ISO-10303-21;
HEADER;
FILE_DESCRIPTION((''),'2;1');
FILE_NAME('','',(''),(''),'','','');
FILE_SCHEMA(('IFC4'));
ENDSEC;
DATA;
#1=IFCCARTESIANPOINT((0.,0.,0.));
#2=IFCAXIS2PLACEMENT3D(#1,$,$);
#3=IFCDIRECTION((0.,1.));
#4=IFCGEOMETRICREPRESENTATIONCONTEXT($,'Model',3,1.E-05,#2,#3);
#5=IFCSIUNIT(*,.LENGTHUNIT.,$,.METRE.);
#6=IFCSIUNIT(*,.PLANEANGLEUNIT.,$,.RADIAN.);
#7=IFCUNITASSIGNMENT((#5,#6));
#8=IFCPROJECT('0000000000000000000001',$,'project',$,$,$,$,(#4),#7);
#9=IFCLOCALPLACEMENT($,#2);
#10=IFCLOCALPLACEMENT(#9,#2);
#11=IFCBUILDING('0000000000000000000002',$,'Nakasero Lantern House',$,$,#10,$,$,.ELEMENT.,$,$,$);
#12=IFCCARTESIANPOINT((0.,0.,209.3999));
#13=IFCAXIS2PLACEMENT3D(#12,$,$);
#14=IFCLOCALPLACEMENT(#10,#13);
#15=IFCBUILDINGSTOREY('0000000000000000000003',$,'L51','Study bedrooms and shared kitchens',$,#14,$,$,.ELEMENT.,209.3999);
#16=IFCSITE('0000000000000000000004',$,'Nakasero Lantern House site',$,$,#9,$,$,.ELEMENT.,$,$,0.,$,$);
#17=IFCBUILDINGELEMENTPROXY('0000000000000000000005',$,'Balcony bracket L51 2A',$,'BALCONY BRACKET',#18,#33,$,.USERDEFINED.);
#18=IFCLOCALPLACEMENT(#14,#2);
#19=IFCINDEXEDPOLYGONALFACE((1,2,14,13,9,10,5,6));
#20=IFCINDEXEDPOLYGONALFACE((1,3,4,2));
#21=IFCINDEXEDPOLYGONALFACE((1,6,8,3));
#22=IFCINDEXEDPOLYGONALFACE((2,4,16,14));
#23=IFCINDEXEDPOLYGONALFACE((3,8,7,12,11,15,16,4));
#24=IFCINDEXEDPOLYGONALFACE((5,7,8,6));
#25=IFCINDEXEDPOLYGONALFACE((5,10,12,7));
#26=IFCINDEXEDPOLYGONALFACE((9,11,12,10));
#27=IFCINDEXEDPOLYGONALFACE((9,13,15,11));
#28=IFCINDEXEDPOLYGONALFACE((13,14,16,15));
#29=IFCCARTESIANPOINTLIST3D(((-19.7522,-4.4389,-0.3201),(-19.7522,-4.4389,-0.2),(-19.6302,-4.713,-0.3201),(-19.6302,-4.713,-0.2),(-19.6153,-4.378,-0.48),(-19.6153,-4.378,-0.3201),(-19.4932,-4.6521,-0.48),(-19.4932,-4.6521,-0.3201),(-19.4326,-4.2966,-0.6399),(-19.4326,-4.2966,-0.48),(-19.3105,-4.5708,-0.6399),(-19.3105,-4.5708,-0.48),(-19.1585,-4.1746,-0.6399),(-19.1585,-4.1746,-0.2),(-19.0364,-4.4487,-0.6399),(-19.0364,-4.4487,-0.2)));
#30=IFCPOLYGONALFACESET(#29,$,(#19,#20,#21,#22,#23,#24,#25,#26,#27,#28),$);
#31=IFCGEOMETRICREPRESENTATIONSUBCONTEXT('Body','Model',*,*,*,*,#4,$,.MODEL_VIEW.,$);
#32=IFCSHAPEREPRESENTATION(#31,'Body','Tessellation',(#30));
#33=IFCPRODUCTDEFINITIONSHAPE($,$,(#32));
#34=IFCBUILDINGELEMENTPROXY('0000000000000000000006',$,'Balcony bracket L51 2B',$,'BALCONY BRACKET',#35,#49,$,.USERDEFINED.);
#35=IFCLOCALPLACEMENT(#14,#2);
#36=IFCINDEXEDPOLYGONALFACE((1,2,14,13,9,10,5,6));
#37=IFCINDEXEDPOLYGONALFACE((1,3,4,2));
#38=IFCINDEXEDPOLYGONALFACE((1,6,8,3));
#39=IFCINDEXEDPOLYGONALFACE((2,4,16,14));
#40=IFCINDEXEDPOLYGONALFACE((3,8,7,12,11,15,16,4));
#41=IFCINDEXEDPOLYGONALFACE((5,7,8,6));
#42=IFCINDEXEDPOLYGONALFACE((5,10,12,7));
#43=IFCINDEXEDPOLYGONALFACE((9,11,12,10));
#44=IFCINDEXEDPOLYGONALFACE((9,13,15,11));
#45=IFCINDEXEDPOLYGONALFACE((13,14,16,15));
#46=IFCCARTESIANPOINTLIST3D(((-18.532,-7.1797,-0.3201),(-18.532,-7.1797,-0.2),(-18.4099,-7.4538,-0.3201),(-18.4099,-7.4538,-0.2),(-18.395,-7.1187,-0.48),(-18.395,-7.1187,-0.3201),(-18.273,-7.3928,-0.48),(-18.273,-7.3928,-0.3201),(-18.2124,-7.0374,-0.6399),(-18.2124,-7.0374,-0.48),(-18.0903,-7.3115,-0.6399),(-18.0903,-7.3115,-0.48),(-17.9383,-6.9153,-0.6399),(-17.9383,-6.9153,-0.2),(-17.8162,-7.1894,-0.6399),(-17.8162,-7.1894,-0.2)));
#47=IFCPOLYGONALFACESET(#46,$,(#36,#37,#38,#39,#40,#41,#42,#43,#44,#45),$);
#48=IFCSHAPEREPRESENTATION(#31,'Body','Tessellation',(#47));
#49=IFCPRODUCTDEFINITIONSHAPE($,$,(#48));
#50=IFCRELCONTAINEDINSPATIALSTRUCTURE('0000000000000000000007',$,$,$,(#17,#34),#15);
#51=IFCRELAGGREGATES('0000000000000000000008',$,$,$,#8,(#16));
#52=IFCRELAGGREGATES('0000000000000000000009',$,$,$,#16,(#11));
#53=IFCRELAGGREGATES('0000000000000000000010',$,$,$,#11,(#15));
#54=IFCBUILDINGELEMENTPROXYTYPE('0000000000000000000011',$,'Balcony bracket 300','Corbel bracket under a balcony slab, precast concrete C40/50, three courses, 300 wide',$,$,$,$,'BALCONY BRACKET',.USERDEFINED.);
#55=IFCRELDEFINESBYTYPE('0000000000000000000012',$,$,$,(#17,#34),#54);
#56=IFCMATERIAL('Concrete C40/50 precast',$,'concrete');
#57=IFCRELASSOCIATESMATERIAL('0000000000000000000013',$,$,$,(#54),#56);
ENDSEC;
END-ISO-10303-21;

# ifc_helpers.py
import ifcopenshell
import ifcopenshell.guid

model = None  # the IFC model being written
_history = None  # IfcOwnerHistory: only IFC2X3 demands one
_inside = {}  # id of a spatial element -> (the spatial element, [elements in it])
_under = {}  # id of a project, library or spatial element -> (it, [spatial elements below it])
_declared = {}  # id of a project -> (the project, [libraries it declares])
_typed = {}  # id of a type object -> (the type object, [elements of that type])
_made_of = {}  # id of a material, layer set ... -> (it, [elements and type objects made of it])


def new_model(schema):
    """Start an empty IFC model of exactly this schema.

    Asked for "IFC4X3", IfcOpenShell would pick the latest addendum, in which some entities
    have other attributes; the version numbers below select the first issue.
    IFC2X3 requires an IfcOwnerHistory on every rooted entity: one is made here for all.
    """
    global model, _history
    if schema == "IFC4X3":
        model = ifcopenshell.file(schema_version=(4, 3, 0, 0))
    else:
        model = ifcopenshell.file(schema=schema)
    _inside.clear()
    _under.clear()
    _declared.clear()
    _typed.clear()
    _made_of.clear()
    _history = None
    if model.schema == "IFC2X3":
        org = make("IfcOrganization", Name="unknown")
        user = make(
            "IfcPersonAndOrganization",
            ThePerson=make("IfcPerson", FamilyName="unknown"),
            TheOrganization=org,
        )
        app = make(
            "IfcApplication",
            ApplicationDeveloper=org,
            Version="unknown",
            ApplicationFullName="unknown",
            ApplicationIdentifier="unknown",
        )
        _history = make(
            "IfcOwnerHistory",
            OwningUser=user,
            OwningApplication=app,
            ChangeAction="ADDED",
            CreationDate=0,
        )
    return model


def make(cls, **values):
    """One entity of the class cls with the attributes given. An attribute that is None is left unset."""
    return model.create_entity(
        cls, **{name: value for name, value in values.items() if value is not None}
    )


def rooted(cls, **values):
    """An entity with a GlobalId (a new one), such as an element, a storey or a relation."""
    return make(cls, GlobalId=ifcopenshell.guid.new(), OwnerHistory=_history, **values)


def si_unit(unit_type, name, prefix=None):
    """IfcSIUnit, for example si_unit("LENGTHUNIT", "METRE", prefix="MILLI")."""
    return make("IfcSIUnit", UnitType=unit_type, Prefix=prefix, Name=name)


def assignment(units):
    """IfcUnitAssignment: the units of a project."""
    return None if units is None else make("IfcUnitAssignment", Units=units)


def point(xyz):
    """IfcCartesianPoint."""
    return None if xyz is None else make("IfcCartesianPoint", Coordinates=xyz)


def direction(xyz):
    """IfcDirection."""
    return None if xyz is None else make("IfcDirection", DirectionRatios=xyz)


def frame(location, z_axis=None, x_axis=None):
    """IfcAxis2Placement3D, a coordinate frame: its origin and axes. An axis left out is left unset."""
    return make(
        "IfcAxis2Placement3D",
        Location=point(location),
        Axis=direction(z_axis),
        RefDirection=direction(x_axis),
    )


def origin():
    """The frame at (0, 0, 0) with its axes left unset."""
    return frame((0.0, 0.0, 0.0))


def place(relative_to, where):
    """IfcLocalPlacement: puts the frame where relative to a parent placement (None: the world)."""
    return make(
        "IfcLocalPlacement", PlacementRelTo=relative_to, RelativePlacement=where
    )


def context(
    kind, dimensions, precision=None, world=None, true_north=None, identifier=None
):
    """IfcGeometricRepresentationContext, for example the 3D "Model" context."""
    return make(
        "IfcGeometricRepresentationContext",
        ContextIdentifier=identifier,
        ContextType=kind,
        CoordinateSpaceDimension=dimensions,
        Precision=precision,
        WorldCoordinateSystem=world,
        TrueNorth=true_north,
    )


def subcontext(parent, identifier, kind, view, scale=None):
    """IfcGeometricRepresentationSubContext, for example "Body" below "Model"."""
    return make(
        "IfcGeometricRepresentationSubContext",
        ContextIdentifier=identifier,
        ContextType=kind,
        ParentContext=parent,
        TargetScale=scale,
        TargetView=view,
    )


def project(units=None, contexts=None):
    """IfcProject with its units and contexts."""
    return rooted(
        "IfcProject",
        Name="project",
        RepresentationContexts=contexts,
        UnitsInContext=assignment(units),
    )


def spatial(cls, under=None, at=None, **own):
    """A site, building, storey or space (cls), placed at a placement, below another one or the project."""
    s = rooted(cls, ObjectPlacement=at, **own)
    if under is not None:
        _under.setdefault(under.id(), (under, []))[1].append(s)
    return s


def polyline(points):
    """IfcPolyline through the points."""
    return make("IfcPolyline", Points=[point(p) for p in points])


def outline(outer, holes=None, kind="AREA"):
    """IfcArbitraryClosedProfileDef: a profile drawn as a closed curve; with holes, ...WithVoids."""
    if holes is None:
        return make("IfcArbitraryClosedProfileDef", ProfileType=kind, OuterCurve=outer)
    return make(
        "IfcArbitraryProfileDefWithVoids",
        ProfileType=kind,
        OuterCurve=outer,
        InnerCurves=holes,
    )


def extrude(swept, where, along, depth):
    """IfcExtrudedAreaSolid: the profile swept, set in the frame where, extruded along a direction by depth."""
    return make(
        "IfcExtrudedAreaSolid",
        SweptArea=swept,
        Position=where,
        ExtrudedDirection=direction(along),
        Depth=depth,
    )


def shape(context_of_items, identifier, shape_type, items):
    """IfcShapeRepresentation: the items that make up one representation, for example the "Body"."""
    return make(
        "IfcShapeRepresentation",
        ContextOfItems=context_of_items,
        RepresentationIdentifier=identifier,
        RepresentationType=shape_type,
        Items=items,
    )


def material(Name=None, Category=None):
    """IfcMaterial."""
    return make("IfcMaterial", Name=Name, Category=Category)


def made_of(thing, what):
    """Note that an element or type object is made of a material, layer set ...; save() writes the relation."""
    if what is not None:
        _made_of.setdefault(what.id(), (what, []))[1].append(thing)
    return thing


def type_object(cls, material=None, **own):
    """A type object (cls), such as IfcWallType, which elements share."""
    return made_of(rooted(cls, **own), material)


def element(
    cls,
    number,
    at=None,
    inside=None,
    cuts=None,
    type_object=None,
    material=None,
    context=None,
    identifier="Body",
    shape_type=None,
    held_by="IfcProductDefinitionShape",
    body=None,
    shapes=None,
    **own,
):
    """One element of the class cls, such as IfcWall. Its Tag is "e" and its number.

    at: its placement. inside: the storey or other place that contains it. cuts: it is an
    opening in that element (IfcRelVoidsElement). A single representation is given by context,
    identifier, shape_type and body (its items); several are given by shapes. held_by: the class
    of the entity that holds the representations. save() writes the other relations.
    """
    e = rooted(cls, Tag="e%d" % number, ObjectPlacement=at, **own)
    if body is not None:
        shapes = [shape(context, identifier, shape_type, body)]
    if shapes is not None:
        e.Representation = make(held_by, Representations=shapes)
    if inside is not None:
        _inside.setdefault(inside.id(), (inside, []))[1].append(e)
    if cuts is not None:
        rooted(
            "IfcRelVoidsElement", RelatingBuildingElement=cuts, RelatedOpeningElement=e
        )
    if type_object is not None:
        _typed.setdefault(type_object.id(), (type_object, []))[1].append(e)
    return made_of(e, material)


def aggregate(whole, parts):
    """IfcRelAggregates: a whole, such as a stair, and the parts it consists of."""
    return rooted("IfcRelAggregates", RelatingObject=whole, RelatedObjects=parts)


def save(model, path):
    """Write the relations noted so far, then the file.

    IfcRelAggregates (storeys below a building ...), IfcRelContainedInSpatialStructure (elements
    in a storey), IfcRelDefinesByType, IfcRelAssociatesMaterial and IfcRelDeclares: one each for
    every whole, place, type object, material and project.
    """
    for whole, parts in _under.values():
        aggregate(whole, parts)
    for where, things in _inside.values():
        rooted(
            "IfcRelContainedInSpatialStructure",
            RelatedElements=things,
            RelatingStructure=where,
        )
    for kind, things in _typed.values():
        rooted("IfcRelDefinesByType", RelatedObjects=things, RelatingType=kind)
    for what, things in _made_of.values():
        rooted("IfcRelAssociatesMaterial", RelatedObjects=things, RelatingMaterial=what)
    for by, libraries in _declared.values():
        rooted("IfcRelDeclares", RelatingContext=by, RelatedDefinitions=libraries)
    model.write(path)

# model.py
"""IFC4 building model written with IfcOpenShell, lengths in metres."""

from ifc_helpers import new_model, si_unit, direction, frame, origin, place, context, subcontext, project, spatial, polyline, outline, extrude, material, type_object, element, save


model = new_model("IFC4")

# Units and contexts
model_context = context("Model", 3, precision=1e-05, world=origin(), true_north=direction((0.0, 1.0)))
body_context = subcontext(model_context, "Body", "Model", "MODEL_VIEW")
ifc_project = project(units=[si_unit("LENGTHUNIT", "METRE"), si_unit("PLANEANGLEUNIT", "RADIAN")], contexts=[model_context])

# Site, building, storey
site_placement = place(None, origin())
site = spatial("IfcSite", under=ifc_project, at=site_placement, Name="Nakasero Lantern House site", CompositionType="ELEMENT", RefElevation=0.0)
building_placement = place(site_placement, origin())
building = spatial("IfcBuilding", under=site, at=building_placement, Name="Nakasero Lantern House", CompositionType="ELEMENT")
storey_placement = place(building_placement, frame((0.0, 0.0, 209.3999)))
storey = spatial("IfcBuildingStorey", under=building, at=storey_placement, Name="L51", Description="Study bedrooms and shared kitchens", CompositionType="ELEMENT", Elevation=209.3999)

# Building element proxies
ifc_material_1 = material(Name="Concrete C40/50 precast", Category="concrete")
building_element_proxy_type = type_object("IfcBuildingElementProxyType", Name="Balcony bracket 300", Description="Corbel bracket under a balcony slab, precast concrete C40/50, three courses, 300 wide", ElementType="BALCONY BRACKET", PredefinedType="USERDEFINED", material=ifc_material_1)
for number, where, z_axis, x_axis, name in (
    (1, (-19.0974, -4.3118, -0.2), (0.0, 0.0, 1.0), (-0.913545, -0.406737, 0.0), "Balcony bracket L51 2A"),
    (2, (-17.8772, -7.0525, -0.2), (0.0, 0.0, 1.0), (-0.913545, -0.406737, 0.0), "Balcony bracket L51 2B"),
):
    element("IfcBuildingElementProxy", number, at=place(storey_placement, frame(where, z_axis=z_axis, x_axis=x_axis)), inside=storey, type_object=building_element_proxy_type, Name=name, ObjectType="BALCONY BRACKET", PredefinedType="USERDEFINED", context=body_context, shape_type="SweptSolid", body=[
        extrude(outline(polyline([(0.0, 0.0), (0.6499, 0.0), (0.6499, -0.1201), (0.5, -0.1201), (0.5, -0.28), (0.3, -0.28), (0.3, -0.4399), (0.0, -0.4399), (0.0, 0.0)])), frame((0.0, 0.1499, 0.0), z_axis=(0.0, -1.0, 0.0), x_axis=(1.0, 0.0, 0.0)), (0.0, 0.0, 1.0), 0.3),
    ])

save(model, "model.ifc")
